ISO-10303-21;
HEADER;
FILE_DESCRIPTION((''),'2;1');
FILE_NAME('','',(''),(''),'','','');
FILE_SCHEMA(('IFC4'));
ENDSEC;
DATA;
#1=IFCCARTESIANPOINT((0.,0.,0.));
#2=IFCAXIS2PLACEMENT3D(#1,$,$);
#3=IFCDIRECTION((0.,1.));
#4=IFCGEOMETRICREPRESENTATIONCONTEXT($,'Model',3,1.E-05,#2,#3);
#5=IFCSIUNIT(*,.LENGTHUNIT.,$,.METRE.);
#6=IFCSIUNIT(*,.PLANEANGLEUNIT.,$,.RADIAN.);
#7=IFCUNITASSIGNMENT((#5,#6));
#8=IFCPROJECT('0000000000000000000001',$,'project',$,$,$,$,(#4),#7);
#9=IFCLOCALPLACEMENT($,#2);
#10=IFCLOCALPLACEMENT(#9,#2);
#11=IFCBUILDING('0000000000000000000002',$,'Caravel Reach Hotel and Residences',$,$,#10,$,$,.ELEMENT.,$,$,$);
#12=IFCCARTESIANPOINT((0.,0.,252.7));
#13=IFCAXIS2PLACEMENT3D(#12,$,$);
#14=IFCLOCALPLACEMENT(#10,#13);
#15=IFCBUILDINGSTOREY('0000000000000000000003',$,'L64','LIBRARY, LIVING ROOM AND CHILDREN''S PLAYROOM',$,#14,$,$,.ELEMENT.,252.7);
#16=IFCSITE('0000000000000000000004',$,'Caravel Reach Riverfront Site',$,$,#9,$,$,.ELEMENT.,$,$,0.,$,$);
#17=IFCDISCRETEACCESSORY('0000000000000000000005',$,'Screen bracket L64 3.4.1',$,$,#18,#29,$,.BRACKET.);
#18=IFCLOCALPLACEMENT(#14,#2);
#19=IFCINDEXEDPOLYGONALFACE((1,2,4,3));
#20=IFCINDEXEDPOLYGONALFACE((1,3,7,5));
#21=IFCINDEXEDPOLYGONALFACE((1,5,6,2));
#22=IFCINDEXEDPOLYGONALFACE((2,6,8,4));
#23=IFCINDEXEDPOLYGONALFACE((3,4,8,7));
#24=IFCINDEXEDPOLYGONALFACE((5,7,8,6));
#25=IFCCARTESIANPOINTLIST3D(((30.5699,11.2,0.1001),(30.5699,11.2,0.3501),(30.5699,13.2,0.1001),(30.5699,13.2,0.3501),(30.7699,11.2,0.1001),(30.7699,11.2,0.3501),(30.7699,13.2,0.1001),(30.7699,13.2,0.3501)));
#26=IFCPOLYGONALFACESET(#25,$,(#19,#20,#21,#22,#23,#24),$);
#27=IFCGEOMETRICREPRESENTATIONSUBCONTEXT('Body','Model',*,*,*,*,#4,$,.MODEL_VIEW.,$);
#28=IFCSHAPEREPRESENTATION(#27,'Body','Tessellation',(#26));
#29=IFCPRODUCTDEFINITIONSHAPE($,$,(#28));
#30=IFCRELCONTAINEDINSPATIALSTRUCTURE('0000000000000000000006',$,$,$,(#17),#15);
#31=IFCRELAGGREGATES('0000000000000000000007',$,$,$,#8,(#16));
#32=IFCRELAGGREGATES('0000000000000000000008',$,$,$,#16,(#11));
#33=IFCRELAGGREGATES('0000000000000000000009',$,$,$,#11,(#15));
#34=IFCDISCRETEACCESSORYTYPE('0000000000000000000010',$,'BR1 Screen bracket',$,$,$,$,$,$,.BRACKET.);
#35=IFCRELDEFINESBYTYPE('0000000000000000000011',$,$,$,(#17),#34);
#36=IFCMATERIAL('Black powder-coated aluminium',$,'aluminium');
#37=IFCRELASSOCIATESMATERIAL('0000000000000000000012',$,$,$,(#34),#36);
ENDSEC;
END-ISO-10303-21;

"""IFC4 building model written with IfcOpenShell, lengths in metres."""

from ifc_helpers import new_model, si_unit, direction, frame, origin, origin_2d, place, context, subcontext, project, spatial, rectangle, extrude, material, type_object, element, save


model = new_model("IFC4")

# Units and contexts
model_context = context("Model", 3, precision=1e-05, world=origin(), true_north=direction((0.0, 1.0)))
body_context = subcontext(model_context, "Body", "Model", "MODEL_VIEW")
ifc_project = project(units=[si_unit("LENGTHUNIT", "METRE"), si_unit("PLANEANGLEUNIT", "RADIAN")], contexts=[model_context])

# Site, building, storey
site_placement = place(None, origin())
site = spatial("IfcSite", under=ifc_project, at=site_placement, Name="Caravel Reach Riverfront Site", CompositionType="ELEMENT", RefElevation=0.0)
building_placement = place(site_placement, origin())
building = spatial("IfcBuilding", under=site, at=building_placement, Name="Caravel Reach Hotel and Residences", CompositionType="ELEMENT")
storey_placement = place(building_placement, frame((0.0, 0.0, 252.7)))
storey = spatial("IfcBuildingStorey", under=building, at=storey_placement, Name="L64", Description="LIBRARY, LIVING ROOM AND CHILDREN'S PLAYROOM", CompositionType="ELEMENT", Elevation=252.7)

# Discrete accessory
ifc_material_1 = material(Name="Black powder-coated aluminium", Category="aluminium")
discrete_accessory_type = type_object("IfcDiscreteAccessoryType", Name="BR1 Screen bracket", PredefinedType="BRACKET", material=ifc_material_1)
discrete_accessory_placement = place(storey_placement, frame((30.6699, 12.2, 0.1001), z_axis=(0.0, 0.0, 1.0), x_axis=(0.0, -1.0, 0.0)))
element("IfcDiscreteAccessory", 1, at=discrete_accessory_placement, inside=storey, type_object=discrete_accessory_type, Name="Screen bracket L64 3.4.1", PredefinedType="BRACKET", context=body_context, shape_type="SweptSolid", body=[
    extrude(rectangle(XDim=2.0, YDim=0.2, at=origin_2d()), origin(), (0.0, 0.0, 1.0), 0.25),
])

save(model, "model.ifc")
